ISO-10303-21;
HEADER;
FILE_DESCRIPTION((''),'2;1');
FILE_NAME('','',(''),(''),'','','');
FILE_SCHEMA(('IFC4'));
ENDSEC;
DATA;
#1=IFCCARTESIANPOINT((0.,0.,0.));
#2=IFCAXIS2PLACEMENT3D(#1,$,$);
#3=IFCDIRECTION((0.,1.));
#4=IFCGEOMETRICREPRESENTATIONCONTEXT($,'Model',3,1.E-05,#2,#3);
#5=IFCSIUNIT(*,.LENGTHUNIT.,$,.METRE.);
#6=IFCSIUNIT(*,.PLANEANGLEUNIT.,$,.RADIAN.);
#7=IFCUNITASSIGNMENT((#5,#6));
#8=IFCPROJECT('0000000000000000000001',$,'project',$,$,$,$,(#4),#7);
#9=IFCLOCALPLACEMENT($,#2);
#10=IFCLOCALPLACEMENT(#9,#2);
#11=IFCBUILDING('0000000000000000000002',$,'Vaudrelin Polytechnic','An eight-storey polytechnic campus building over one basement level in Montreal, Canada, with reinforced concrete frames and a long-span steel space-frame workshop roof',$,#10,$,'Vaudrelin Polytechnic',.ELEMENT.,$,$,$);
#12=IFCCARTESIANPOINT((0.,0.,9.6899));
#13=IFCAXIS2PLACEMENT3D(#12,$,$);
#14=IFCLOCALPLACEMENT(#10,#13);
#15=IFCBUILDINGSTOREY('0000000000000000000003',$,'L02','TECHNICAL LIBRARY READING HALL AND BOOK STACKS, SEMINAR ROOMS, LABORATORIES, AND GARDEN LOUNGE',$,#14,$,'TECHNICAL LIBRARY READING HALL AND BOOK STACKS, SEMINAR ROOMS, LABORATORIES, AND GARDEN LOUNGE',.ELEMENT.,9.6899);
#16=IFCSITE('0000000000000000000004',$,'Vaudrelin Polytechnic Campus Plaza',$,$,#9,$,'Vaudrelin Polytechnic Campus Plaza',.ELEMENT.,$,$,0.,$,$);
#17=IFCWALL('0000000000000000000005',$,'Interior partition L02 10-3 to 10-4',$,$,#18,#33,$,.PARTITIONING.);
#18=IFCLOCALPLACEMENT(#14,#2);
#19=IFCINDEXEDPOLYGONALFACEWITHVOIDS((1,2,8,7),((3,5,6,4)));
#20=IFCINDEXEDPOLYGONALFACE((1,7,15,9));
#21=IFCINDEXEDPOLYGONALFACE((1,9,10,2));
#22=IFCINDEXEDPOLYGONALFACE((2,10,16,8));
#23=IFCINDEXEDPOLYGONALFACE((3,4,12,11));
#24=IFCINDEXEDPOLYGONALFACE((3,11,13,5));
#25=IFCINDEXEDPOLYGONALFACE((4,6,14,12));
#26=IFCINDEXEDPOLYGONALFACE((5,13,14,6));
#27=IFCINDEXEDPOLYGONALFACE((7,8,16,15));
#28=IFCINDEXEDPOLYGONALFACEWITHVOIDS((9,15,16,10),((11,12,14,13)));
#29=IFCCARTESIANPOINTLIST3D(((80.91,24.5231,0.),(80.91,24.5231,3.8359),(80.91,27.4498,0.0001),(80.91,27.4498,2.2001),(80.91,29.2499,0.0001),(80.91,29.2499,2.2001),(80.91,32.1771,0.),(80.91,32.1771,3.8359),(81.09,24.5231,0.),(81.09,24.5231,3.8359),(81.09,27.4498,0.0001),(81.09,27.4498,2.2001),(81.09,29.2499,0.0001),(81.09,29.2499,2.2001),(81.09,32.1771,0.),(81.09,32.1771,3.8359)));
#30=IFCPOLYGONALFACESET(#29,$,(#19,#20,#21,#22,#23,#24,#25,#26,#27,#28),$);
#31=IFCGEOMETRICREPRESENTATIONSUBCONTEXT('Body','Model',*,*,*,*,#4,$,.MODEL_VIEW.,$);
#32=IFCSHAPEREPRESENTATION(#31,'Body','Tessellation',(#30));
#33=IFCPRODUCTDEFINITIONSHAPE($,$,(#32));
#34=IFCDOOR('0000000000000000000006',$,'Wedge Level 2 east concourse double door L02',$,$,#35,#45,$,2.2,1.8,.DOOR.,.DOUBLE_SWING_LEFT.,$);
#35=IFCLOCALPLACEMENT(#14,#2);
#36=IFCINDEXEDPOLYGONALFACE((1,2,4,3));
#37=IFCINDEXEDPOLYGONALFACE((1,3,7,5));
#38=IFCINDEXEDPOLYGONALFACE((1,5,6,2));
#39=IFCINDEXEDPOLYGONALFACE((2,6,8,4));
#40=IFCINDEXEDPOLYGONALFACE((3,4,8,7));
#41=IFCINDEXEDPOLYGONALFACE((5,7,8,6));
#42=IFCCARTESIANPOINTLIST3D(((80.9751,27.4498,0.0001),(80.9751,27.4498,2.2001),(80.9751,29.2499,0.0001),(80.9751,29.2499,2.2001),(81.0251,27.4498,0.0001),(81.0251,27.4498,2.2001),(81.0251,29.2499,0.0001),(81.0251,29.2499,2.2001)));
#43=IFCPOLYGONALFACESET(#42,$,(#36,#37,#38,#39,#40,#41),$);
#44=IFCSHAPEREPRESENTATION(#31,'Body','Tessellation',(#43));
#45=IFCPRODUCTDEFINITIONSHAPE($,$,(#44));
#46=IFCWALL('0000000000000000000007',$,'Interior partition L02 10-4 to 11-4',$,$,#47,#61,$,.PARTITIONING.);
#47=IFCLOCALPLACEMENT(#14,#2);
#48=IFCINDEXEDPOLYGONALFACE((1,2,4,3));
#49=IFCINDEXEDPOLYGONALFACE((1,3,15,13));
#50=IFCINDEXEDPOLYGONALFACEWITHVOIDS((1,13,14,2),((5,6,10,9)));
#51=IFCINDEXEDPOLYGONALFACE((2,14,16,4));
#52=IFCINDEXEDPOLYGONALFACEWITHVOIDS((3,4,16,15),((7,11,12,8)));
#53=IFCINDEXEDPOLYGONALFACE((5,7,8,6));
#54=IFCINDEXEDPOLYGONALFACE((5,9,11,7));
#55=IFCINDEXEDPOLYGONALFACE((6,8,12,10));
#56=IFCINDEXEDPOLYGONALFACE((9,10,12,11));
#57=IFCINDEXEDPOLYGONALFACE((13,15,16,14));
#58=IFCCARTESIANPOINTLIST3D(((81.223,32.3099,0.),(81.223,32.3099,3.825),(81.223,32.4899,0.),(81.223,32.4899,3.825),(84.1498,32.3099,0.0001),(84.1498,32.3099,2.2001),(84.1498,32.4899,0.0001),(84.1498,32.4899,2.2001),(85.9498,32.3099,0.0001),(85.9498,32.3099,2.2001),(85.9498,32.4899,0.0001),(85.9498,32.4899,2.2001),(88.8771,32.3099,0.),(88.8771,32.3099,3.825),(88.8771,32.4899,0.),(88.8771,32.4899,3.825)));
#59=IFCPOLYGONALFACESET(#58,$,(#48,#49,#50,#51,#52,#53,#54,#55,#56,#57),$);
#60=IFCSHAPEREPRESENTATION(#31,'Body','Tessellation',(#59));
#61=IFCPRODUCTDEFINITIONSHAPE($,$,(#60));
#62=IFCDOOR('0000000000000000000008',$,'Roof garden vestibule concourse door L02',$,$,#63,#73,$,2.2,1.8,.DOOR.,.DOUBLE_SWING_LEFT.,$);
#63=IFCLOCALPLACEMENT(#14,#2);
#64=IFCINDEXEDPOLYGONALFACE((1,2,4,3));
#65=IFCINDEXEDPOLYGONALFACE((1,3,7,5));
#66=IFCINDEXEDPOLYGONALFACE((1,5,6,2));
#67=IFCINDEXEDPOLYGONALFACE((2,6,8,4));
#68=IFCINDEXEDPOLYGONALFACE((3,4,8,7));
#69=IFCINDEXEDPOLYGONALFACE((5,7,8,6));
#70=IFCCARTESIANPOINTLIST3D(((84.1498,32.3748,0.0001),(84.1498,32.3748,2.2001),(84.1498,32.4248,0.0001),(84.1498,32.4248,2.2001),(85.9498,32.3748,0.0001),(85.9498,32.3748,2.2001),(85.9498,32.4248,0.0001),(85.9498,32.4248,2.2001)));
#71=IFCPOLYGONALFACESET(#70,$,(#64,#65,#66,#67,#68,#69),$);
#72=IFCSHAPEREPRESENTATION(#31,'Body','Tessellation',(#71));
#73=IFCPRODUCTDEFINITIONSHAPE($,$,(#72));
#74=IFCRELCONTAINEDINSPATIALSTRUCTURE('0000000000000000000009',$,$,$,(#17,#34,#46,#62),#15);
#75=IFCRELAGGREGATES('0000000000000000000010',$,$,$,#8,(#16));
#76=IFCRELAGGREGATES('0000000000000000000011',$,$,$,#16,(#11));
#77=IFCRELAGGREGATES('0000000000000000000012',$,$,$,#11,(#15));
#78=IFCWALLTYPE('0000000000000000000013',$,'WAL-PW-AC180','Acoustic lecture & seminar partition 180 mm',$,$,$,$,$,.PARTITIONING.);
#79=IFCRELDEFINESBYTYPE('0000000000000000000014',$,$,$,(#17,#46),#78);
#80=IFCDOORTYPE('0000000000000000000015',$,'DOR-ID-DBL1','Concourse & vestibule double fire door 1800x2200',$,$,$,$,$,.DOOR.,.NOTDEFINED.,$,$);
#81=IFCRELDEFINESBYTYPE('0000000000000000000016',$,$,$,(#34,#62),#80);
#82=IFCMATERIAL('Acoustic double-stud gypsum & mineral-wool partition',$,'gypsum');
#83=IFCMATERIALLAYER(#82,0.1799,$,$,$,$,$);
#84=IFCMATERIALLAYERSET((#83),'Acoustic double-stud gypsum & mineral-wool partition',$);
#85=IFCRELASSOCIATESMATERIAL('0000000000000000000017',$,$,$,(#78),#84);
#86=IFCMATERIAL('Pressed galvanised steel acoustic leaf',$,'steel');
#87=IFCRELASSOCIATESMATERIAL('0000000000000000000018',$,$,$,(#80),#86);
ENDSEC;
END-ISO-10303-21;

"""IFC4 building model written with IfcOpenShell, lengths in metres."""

from ifc_helpers import new_model, si_unit, direction, frame, frame_2d, origin, place, context, subcontext, project, spatial, rectangle, extrude, material, layer, layer_set, type_object, element, fill, save


model = new_model("IFC4")

# Units and contexts
model_context = context("Model", 3, precision=1e-05, world=origin(), true_north=direction((0.0, 1.0)))
body_context = subcontext(model_context, "Body", "Model", "MODEL_VIEW")
ifc_project = project(units=[si_unit("LENGTHUNIT", "METRE"), si_unit("PLANEANGLEUNIT", "RADIAN")], contexts=[model_context])

# Site, building, storey
site_placement = place(None, origin())
site = spatial("IfcSite", under=ifc_project, at=site_placement, Name="Vaudrelin Polytechnic Campus Plaza", LongName="Vaudrelin Polytechnic Campus Plaza", CompositionType="ELEMENT", RefElevation=0.0)
building_placement = place(site_placement, origin())
building = spatial("IfcBuilding", under=site, at=building_placement, Name="Vaudrelin Polytechnic", Description="An eight-storey polytechnic campus building over one basement level in Montreal, Canada, with reinforced concrete frames and a long-span steel space-frame workshop roof", LongName="Vaudrelin Polytechnic", CompositionType="ELEMENT")
storey_placement = place(building_placement, frame((0.0, 0.0, 9.6899)))
storey = spatial("IfcBuildingStorey", under=building, at=storey_placement, Name="L02", Description="TECHNICAL LIBRARY READING HALL AND BOOK STACKS, SEMINAR ROOMS, LABORATORIES, AND GARDEN LOUNGE", LongName="TECHNICAL LIBRARY READING HALL AND BOOK STACKS, SEMINAR ROOMS, LABORATORIES, AND GARDEN LOUNGE", CompositionType="ELEMENT", Elevation=9.6899)

# Shared definitions
ifc_material_1 = material(Name="Acoustic double-stud gypsum & mineral-wool partition", Category="gypsum")
ifc_layer_1 = layer(ifc_material_1, 0.1799)
ifc_layer_set_1 = layer_set([ifc_layer_1], Name="Acoustic double-stud gypsum & mineral-wool partition")
wall_type_1 = type_object("IfcWallType", Name="WAL-PW-AC180", Description="Acoustic lecture & seminar partition 180 mm", PredefinedType="PARTITIONING", material=ifc_layer_set_1)

# Walls, openings, doors
wall_1_placement = place(storey_placement, frame((81.0, 24.5229, 0.0), z_axis=(0.0, 0.0, 1.0), x_axis=(0.0, 1.0, 0.0)))
wall_1 = element("IfcWall", 1, at=wall_1_placement, inside=storey, type_object=wall_type_1, Name="Interior partition L02 10-3 to 10-4", PredefinedType="PARTITIONING", context=body_context, shape_type="SweptSolid", body=[
    extrude(rectangle(XDim=7.6541, YDim=0.1799, at=frame_2d((3.8271, 0.0))), origin(), (0.0, 0.0, 1.0), 3.8359),
])
opening_1_placement = place(wall_1_placement, frame((2.927, 0.0, 0.0)))
opening_1 = element("IfcOpeningElement", 2, at=opening_1_placement, cuts=wall_1, PredefinedType="OPENING", context=body_context, shape_type="SweptSolid", body=[
    extrude(rectangle(XDim=1.8, YDim=2.2, at=frame_2d((0.8999, 1.1001))), frame((0.0, 0.1001, 0.0), z_axis=(0.0, -1.0, 0.0), x_axis=(1.0, 0.0, 0.0)), (0.0, 0.0, 1.0), 0.2),
])
ifc_material_2 = material(Name="Pressed galvanised steel acoustic leaf", Category="steel")
door_type_1 = type_object("IfcDoorType", Name="DOR-ID-DBL1", Description="Concourse & vestibule double fire door 1800x2200", OperationType="NOTDEFINED", PredefinedType="DOOR", material=ifc_material_2)
door_1_placement = place(opening_1_placement, origin())
door_1 = element("IfcDoor", 3, at=door_1_placement, inside=storey, type_object=door_type_1, Name="Wedge Level 2 east concourse double door L02", OperationType="DOUBLE_SWING_LEFT", OverallHeight=2.2, OverallWidth=1.8, PredefinedType="DOOR", context=body_context, shape_type="SweptSolid", body=[
    extrude(rectangle(XDim=1.8, YDim=2.2, at=frame_2d((0.8999, 1.1001))), frame((0.0, 0.0249, 0.0), z_axis=(0.0, -1.0, 0.0), x_axis=(1.0, 0.0, 0.0)), (0.0, 0.0, 1.0), 0.05),
])
fill(opening_1, door_1)
wall_2_placement = place(storey_placement, frame((81.2229, 32.3999, 0.0), z_axis=(0.0, 0.0, 1.0), x_axis=(1.0, 0.0, 0.0)))
wall_2 = element("IfcWall", 4, at=wall_2_placement, inside=storey, type_object=wall_type_1, Name="Interior partition L02 10-4 to 11-4", PredefinedType="PARTITIONING", context=body_context, shape_type="SweptSolid", body=[
    extrude(rectangle(XDim=7.6541, YDim=0.1799, at=frame_2d((3.8271, 0.0))), origin(), (0.0, 0.0, 1.0), 3.825),
])
opening_2_placement = place(wall_2_placement, frame((2.927, 0.0, 0.0)))
opening_2 = element("IfcOpeningElement", 5, at=opening_2_placement, cuts=wall_2, PredefinedType="OPENING", context=body_context, shape_type="SweptSolid", body=[
    extrude(rectangle(XDim=1.8, YDim=2.2, at=frame_2d((0.8999, 1.1001))), frame((0.0, 0.1001, 0.0), z_axis=(0.0, -1.0, 0.0), x_axis=(1.0, 0.0, 0.0)), (0.0, 0.0, 1.0), 0.2),
])
door_2_placement = place(opening_2_placement, origin())
door_2 = element("IfcDoor", 6, at=door_2_placement, inside=storey, type_object=door_type_1, Name="Roof garden vestibule concourse door L02", OperationType="DOUBLE_SWING_LEFT", OverallHeight=2.2, OverallWidth=1.8, PredefinedType="DOOR", context=body_context, shape_type="SweptSolid", body=[
    extrude(rectangle(XDim=1.8, YDim=2.2, at=frame_2d((0.8999, 1.1001))), frame((0.0, 0.0249, 0.0), z_axis=(0.0, -1.0, 0.0), x_axis=(1.0, 0.0, 0.0)), (0.0, 0.0, 1.0), 0.05),
])
fill(opening_2, door_2)

save(model, "model.ifc")
